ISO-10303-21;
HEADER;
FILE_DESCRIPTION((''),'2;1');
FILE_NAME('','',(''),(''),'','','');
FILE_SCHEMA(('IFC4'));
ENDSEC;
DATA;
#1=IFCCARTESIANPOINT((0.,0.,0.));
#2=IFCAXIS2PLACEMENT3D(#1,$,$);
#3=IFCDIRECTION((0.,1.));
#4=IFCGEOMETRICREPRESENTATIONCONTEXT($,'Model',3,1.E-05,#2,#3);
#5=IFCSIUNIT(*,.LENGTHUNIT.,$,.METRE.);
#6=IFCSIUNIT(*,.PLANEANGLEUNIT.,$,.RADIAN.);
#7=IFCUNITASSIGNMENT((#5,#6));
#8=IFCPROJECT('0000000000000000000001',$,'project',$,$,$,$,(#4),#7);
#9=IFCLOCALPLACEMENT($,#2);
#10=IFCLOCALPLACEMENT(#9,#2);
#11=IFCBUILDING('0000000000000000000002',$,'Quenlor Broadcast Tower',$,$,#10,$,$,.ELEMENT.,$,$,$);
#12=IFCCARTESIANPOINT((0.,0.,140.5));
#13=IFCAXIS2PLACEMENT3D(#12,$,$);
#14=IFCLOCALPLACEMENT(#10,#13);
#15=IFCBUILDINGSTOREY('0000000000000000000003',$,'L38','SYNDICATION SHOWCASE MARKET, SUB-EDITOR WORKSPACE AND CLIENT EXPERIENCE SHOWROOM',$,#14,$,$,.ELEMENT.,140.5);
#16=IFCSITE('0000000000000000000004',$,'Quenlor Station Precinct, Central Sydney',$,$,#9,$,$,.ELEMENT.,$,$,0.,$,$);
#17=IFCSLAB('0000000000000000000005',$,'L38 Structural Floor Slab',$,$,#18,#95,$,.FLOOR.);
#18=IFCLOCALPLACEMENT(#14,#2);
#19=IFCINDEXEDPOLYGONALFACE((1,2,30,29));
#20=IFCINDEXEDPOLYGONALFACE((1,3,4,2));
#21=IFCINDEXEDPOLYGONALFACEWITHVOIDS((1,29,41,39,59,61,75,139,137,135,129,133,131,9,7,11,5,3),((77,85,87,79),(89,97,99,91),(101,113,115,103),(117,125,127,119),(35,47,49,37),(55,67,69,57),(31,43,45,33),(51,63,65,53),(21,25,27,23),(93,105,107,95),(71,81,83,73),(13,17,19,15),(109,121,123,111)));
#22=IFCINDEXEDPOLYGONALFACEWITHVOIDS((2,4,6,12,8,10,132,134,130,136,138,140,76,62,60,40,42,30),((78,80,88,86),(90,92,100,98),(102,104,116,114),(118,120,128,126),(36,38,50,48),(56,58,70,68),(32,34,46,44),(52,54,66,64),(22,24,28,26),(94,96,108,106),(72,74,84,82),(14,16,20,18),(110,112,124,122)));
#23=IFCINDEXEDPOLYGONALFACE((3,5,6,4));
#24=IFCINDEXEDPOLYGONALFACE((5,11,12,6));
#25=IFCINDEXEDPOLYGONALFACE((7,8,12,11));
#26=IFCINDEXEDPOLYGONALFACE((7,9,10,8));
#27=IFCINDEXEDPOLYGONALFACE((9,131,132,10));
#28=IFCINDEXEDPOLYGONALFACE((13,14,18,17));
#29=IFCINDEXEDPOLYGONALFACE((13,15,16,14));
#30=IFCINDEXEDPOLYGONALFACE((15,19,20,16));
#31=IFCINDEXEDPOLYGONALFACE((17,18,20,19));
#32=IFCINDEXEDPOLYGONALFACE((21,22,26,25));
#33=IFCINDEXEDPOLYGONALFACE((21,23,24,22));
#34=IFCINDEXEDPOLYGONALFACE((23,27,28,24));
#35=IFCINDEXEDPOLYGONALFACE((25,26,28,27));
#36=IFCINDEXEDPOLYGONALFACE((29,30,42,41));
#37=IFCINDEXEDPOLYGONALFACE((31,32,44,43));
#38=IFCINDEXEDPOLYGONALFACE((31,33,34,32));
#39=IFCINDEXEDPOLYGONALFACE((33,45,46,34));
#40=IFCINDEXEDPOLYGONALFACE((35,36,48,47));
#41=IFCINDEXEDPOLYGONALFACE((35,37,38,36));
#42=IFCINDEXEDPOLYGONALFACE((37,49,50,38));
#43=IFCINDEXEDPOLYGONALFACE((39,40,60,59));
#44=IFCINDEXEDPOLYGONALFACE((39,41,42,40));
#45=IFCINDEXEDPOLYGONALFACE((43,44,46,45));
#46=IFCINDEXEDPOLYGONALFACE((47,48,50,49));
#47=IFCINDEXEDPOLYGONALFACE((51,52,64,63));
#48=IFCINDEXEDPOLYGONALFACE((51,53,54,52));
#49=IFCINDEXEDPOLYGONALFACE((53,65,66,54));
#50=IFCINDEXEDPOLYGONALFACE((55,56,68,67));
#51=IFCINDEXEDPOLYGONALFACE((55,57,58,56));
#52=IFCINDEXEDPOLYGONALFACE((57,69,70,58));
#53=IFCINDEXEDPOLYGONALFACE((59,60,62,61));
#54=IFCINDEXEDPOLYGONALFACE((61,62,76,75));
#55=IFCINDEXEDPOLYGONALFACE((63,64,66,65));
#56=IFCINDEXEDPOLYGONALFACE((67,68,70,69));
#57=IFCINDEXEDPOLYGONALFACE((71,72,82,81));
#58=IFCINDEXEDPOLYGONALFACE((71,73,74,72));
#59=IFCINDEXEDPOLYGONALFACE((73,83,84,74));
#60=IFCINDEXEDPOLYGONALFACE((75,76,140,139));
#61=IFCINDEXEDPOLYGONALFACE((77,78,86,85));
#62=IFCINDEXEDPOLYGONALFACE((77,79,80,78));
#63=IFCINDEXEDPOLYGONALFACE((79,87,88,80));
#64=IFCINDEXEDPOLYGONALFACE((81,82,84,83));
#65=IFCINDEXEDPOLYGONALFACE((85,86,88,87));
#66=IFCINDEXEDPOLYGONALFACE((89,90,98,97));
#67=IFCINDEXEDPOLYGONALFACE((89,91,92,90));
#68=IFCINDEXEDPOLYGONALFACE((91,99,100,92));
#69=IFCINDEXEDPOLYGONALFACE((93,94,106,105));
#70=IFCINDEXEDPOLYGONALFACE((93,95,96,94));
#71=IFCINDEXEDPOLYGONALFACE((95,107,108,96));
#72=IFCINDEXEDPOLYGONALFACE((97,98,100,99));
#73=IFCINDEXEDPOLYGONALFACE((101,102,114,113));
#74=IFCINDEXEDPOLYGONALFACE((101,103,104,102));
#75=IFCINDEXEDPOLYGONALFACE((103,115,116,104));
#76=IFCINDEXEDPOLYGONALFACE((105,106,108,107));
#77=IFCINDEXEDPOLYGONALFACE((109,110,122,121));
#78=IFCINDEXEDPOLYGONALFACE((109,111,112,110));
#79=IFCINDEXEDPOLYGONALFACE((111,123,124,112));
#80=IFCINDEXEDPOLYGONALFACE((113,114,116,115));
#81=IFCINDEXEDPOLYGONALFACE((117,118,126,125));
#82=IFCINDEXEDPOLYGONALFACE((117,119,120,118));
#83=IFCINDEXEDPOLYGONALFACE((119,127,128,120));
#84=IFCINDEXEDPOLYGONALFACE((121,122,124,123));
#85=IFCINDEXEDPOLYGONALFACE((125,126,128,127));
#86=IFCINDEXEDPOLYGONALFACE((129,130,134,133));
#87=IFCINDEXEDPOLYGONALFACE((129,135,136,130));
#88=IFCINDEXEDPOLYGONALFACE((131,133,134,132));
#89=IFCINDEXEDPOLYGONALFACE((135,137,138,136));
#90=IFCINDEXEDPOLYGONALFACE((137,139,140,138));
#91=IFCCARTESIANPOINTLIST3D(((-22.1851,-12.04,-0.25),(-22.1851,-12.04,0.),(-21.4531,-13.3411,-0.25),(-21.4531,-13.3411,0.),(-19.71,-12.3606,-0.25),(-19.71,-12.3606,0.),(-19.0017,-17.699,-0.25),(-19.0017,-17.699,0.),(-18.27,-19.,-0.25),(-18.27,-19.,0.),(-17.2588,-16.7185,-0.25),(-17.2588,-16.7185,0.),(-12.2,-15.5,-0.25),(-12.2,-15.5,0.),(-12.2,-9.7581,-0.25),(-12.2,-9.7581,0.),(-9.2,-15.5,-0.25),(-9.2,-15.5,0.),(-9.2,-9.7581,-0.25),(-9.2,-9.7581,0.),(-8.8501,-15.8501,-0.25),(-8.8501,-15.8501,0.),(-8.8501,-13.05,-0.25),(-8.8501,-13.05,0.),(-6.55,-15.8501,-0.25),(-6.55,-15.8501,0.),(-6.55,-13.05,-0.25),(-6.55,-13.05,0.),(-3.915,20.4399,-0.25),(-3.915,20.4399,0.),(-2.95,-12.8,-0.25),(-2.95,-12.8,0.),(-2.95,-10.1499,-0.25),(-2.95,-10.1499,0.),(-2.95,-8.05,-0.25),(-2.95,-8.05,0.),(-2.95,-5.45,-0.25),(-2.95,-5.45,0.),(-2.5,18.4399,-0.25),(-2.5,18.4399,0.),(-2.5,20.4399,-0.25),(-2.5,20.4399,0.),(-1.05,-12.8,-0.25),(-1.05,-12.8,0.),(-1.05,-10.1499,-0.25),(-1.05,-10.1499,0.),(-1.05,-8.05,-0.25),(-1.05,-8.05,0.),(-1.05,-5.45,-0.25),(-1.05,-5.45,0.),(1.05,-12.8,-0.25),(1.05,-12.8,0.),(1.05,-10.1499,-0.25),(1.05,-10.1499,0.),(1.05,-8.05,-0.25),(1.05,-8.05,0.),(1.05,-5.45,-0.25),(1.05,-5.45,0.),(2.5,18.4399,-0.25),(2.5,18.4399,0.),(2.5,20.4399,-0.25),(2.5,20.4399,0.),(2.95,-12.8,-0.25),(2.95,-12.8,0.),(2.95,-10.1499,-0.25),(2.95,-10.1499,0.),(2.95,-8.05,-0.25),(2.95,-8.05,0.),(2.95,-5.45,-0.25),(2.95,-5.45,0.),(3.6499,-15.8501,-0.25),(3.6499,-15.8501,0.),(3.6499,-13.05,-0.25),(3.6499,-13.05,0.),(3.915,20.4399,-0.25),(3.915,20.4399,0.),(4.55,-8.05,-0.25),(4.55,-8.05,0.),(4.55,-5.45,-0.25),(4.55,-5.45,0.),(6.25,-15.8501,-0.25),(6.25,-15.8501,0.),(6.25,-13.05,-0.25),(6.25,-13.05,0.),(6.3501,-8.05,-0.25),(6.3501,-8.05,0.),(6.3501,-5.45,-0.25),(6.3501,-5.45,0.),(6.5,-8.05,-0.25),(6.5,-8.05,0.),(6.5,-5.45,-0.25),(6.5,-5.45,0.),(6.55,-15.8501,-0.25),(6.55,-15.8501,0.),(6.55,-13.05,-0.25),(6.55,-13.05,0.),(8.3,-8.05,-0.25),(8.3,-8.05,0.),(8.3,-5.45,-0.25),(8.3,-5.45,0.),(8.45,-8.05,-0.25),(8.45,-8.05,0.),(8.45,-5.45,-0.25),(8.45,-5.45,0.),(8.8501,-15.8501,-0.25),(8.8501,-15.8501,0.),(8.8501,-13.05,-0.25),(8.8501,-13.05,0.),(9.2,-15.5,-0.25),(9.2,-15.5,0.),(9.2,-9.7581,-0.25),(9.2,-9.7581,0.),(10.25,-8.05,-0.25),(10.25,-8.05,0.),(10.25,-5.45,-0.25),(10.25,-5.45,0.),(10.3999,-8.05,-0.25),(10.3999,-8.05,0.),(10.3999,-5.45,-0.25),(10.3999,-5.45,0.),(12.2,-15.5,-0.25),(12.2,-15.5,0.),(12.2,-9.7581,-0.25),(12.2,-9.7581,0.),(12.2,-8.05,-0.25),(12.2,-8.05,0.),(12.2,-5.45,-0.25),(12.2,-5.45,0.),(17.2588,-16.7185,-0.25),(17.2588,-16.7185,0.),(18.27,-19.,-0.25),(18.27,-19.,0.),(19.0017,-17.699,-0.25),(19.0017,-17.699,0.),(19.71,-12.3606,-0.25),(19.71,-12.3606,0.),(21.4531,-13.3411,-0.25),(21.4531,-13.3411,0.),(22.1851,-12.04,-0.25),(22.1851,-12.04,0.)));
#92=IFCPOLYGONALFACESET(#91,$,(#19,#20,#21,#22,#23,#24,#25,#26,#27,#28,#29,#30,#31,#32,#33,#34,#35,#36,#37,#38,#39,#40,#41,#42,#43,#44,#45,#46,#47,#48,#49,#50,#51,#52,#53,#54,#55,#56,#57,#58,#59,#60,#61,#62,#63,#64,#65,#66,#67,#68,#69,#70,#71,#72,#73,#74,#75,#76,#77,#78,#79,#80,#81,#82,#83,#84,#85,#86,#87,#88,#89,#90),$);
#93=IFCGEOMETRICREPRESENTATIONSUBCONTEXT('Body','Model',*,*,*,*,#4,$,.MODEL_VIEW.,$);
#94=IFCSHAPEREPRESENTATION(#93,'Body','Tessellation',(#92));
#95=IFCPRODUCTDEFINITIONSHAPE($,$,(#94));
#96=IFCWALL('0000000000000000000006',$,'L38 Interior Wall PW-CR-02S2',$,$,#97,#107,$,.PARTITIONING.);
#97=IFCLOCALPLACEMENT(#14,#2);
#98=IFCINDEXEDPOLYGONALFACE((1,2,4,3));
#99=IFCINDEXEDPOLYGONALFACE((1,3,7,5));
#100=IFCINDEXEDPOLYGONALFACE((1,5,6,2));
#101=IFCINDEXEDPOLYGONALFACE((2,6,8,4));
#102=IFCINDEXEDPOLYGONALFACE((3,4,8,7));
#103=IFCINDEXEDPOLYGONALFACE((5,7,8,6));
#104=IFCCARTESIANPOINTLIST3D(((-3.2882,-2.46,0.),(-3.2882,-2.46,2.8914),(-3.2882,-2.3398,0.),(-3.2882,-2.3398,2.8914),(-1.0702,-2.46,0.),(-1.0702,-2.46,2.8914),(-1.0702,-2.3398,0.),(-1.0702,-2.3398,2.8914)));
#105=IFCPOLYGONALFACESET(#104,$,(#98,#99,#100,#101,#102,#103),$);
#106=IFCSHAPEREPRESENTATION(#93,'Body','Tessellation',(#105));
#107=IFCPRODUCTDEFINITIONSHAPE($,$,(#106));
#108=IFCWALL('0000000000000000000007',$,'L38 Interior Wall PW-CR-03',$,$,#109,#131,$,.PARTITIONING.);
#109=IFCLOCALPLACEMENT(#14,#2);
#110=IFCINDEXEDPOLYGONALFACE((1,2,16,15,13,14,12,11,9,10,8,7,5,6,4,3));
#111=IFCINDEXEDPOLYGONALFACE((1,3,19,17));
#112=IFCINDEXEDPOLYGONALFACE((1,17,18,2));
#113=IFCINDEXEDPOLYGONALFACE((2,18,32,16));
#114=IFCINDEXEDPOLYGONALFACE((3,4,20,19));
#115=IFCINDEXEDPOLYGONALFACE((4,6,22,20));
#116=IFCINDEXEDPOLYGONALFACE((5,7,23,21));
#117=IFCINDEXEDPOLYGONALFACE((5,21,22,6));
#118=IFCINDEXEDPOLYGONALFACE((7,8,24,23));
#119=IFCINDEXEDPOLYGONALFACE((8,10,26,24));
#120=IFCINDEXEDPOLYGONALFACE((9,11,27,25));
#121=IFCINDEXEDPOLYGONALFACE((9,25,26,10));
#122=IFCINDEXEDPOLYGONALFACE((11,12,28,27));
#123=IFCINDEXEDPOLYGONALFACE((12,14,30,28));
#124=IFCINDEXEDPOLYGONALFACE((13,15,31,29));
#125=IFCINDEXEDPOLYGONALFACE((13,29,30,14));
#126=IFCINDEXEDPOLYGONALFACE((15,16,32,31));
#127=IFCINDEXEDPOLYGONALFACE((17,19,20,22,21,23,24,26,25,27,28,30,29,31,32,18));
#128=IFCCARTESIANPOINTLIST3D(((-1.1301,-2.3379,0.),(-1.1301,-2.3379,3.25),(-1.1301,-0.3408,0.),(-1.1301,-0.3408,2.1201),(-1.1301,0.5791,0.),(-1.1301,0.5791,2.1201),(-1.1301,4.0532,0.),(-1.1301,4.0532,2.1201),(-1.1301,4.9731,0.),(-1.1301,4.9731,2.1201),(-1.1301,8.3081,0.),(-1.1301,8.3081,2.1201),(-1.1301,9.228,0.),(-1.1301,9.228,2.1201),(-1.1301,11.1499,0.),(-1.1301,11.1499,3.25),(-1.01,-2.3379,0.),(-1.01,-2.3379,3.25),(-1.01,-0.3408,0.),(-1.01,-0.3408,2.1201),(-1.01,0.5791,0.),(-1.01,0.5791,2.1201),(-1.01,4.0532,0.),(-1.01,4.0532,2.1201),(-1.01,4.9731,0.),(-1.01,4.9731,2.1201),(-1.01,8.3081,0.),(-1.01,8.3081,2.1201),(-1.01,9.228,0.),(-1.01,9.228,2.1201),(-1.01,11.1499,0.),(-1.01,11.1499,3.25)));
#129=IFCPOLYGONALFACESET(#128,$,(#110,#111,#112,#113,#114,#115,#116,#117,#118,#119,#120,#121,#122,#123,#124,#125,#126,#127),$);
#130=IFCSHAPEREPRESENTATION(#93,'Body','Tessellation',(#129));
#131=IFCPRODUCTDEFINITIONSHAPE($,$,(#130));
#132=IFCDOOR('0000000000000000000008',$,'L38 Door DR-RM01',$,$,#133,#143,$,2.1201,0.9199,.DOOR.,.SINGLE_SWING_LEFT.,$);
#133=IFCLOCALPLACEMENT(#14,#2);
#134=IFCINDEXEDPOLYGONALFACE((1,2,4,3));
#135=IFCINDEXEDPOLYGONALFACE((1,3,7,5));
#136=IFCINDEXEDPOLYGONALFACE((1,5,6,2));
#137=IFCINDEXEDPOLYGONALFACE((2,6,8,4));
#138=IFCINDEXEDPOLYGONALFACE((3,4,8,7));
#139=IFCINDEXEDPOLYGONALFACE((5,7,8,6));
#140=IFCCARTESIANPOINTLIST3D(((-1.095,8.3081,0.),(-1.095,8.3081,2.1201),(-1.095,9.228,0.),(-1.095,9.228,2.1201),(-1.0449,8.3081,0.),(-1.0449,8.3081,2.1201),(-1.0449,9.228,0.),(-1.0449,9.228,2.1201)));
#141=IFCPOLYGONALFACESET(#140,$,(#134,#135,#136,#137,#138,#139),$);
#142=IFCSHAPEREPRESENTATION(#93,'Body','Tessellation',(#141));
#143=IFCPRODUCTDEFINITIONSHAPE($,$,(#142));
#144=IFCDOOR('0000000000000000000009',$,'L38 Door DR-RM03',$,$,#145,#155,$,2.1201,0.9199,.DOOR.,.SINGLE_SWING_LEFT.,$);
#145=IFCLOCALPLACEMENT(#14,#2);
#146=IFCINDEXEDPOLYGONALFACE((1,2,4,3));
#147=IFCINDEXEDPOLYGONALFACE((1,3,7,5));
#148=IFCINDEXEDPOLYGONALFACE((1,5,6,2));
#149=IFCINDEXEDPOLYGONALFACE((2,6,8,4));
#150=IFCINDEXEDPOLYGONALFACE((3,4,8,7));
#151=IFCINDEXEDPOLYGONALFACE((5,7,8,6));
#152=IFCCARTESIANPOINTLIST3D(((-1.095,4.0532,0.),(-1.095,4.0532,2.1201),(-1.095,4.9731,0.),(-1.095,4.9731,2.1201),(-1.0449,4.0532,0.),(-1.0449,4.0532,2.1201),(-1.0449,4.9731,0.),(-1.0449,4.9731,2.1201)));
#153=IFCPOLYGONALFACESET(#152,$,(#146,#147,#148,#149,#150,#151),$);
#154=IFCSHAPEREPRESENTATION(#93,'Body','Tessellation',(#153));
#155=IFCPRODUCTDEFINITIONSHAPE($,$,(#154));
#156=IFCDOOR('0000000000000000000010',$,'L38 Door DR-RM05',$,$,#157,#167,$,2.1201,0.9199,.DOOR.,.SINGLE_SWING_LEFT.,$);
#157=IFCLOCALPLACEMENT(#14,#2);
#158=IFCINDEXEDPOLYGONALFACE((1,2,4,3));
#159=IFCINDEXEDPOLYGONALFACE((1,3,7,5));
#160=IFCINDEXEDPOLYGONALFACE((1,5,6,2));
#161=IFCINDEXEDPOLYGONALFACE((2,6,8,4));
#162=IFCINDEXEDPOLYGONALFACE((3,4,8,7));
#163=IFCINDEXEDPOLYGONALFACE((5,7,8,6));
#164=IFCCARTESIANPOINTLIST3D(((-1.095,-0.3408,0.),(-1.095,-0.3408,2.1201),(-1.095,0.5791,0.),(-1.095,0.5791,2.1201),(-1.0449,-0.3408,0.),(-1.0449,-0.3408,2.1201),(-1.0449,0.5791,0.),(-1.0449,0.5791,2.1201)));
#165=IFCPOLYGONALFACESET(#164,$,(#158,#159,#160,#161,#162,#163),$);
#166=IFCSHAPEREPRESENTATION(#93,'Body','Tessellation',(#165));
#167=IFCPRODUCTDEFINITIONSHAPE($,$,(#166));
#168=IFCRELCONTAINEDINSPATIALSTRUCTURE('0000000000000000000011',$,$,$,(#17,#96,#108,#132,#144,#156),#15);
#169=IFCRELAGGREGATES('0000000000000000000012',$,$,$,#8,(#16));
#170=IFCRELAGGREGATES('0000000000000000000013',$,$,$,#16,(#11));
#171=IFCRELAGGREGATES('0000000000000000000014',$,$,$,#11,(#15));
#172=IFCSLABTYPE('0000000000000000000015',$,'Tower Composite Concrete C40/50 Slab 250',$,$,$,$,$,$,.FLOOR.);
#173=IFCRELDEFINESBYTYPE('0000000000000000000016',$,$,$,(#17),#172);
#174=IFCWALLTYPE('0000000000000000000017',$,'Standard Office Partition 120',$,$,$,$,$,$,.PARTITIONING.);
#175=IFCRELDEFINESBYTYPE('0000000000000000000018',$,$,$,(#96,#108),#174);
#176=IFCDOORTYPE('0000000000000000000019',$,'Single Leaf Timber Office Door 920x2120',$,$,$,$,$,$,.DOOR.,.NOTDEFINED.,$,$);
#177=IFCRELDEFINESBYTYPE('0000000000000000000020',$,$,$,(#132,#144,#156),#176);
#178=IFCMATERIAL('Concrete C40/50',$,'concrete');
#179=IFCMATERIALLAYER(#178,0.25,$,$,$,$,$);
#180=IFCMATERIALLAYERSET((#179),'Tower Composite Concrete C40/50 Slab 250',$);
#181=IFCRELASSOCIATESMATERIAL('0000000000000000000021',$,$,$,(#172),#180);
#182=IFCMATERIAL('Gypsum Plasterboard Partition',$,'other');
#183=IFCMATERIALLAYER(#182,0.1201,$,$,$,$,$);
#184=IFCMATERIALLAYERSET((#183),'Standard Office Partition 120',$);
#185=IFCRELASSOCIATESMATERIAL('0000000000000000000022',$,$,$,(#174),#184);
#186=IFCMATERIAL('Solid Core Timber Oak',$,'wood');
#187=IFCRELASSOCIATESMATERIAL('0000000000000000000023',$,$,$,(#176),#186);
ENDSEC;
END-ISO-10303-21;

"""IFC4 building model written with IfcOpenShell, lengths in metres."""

from ifc_helpers import new_model, si_unit, direction, frame, frame_2d, origin, place, context, subcontext, project, spatial, polyline, rectangle, outline, extrude, material, layer, layer_set, type_object, element, fill, save


model = new_model("IFC4")

# Units and contexts
model_context = context("Model", 3, precision=1e-05, world=origin(), true_north=direction((0.0, 1.0)))
body_context = subcontext(model_context, "Body", "Model", "MODEL_VIEW")
ifc_project = project(units=[si_unit("LENGTHUNIT", "METRE"), si_unit("PLANEANGLEUNIT", "RADIAN")], contexts=[model_context])

# Site, building, storey
site_placement = place(None, origin())
site = spatial("IfcSite", under=ifc_project, at=site_placement, Name="Quenlor Station Precinct, Central Sydney", CompositionType="ELEMENT", RefElevation=0.0)
building_placement = place(site_placement, origin())
building = spatial("IfcBuilding", under=site, at=building_placement, Name="Quenlor Broadcast Tower", CompositionType="ELEMENT")
storey_placement = place(building_placement, frame((0.0, 0.0, 140.5)))
storey = spatial("IfcBuildingStorey", under=building, at=storey_placement, Name="L38", Description="SYNDICATION SHOWCASE MARKET, SUB-EDITOR WORKSPACE AND CLIENT EXPERIENCE SHOWROOM", CompositionType="ELEMENT", Elevation=140.5)

# Slab
ifc_material_1 = material(Name="Concrete C40/50", Category="concrete")
ifc_layer_1 = layer(ifc_material_1, 0.25)
ifc_layer_set_1 = layer_set([ifc_layer_1], Name="Tower Composite Concrete C40/50 Slab 250")
slab_type = type_object("IfcSlabType", Name="Tower Composite Concrete C40/50 Slab 250", PredefinedType="FLOOR", material=ifc_layer_set_1)
slab_placement = place(storey_placement, frame((0.0, 0.0, -0.25)))
element("IfcSlab", 1, at=slab_placement, inside=storey, type_object=slab_type, Name="L38 Structural Floor Slab", PredefinedType="FLOOR", context=body_context, shape_type="SweptSolid", body=[
    extrude(outline(polyline([(18.27, -19.0), (19.0017, -17.699), (17.2588, -16.7185), (19.71, -12.3606), (21.4531, -13.3411), (22.1851, -12.04), (3.915, 20.4399), (2.5, 20.4399), (2.5, 18.4399), (-2.5, 18.4399), (-2.5, 20.4399), (-3.915, 20.4399), (-22.1851, -12.04), (-21.4531, -13.3411), (-19.71, -12.3606), (-17.2588, -16.7185), (-19.0017, -17.699), (-18.27, -19.0), (18.27, -19.0)]), holes=[polyline([(-12.2, -9.7581), (-12.2, -15.5), (-9.2, -15.5), (-9.2, -9.7581), (-12.2, -9.7581)]), polyline([(9.2, -9.7581), (9.2, -15.5), (12.2, -15.5), (12.2, -9.7581), (9.2, -9.7581)]), polyline([(-2.95, -8.05), (-1.05, -8.05), (-1.05, -5.45), (-2.95, -5.45), (-2.95, -8.05)]), polyline([(1.05, -8.05), (2.95, -8.05), (2.95, -5.45), (1.05, -5.45), (1.05, -8.05)]), polyline([(-2.95, -12.8), (-1.05, -12.8), (-1.05, -10.1499), (-2.95, -10.1499), (-2.95, -12.8)]), polyline([(1.05, -12.8), (2.95, -12.8), (2.95, -10.1499), (1.05, -10.1499), (1.05, -12.8)]), polyline([(4.55, -8.05), (6.3501, -8.05), (6.3501, -5.45), (4.55, -5.45), (4.55, -8.05)]), polyline([(6.5, -8.05), (8.3, -8.05), (8.3, -5.45), (6.5, -5.45), (6.5, -8.05)]), polyline([(8.45, -8.05), (10.25, -8.05), (10.25, -5.45), (8.45, -5.45), (8.45, -8.05)]), polyline([(10.3999, -8.05), (12.2, -8.05), (12.2, -5.45), (10.3999, -5.45), (10.3999, -8.05)]), polyline([(-8.8501, -15.8501), (-6.55, -15.8501), (-6.55, -13.05), (-8.8501, -13.05), (-8.8501, -15.8501)]), polyline([(6.55, -15.8501), (8.8501, -15.8501), (8.8501, -13.05), (6.55, -13.05), (6.55, -15.8501)]), polyline([(3.6499, -15.8501), (6.25, -15.8501), (6.25, -13.05), (3.6499, -13.05), (3.6499, -15.8501)])]), origin(), (0.0, 0.0, 1.0), 0.25),
])

# Wall
ifc_material_2 = material(Name="Gypsum Plasterboard Partition", Category="other")
ifc_layer_2 = layer(ifc_material_2, 0.1201)
ifc_layer_set_2 = layer_set([ifc_layer_2], Name="Standard Office Partition 120")
wall_type = type_object("IfcWallType", Name="Standard Office Partition 120", PredefinedType="PARTITIONING", material=ifc_layer_set_2)
wall_1_placement = place(storey_placement, frame((-3.2881, -2.3999, 0.0), z_axis=(0.0, 0.0, 1.0), x_axis=(1.0, 0.0, 0.0)))
element("IfcWall", 2, at=wall_1_placement, inside=storey, type_object=wall_type, Name="L38 Interior Wall PW-CR-02S2", PredefinedType="PARTITIONING", context=body_context, shape_type="SweptSolid", body=[
    extrude(rectangle(XDim=2.218, YDim=0.1201, at=frame_2d((1.1089, 0.0))), origin(), (0.0, 0.0, 1.0), 2.8914),
])

# Wall, openings, doors
wall_2_placement = place(storey_placement, frame((-1.0701, -2.3379, 0.0), z_axis=(0.0, 0.0, 1.0), x_axis=(0.0, 1.0, 0.0)))
wall_2 = element("IfcWall", 3, at=wall_2_placement, inside=storey, type_object=wall_type, Name="L38 Interior Wall PW-CR-03", PredefinedType="PARTITIONING", context=body_context, shape_type="SweptSolid", body=[
    extrude(rectangle(XDim=13.4878, YDim=0.1201, at=frame_2d((6.7439, 0.0))), origin(), (0.0, 0.0, 1.0), 3.25),
])
opening_1_placement = place(wall_2_placement, frame((10.646, 0.0, 0.0)))
opening_1 = element("IfcOpeningElement", 4, at=opening_1_placement, cuts=wall_2, PredefinedType="OPENING", context=body_context, shape_type="SweptSolid", body=[
    extrude(rectangle(XDim=0.9199, YDim=2.1201, at=frame_2d((0.46, 1.0601))), frame((0.0, 0.0701, 0.0), z_axis=(0.0, -1.0, 0.0), x_axis=(1.0, 0.0, 0.0)), (0.0, 0.0, 1.0), 0.1401),
])
opening_2_placement = place(wall_2_placement, frame((6.3911, 0.0, 0.0)))
opening_2 = element("IfcOpeningElement", 5, at=opening_2_placement, cuts=wall_2, PredefinedType="OPENING", context=body_context, shape_type="SweptSolid", body=[
    extrude(rectangle(XDim=0.9199, YDim=2.1201, at=frame_2d((0.46, 1.0601))), frame((0.0, 0.0701, 0.0), z_axis=(0.0, -1.0, 0.0), x_axis=(1.0, 0.0, 0.0)), (0.0, 0.0, 1.0), 0.1401),
])
opening_3_placement = place(wall_2_placement, frame((1.9971, 0.0, 0.0)))
opening_3 = element("IfcOpeningElement", 6, at=opening_3_placement, cuts=wall_2, PredefinedType="OPENING", context=body_context, shape_type="SweptSolid", body=[
    extrude(rectangle(XDim=0.9199, YDim=2.1201, at=frame_2d((0.46, 1.0601))), frame((0.0, 0.0701, 0.0), z_axis=(0.0, -1.0, 0.0), x_axis=(1.0, 0.0, 0.0)), (0.0, 0.0, 1.0), 0.1401),
])
ifc_material_3 = material(Name="Solid Core Timber Oak", Category="wood")
door_type = type_object("IfcDoorType", Name="Single Leaf Timber Office Door 920x2120", OperationType="NOTDEFINED", PredefinedType="DOOR", material=ifc_material_3)
door_1_placement = place(opening_1_placement, origin())
door_1 = element("IfcDoor", 7, at=door_1_placement, inside=storey, type_object=door_type, Name="L38 Door DR-RM01", OperationType="SINGLE_SWING_LEFT", OverallHeight=2.1201, OverallWidth=0.9199, PredefinedType="DOOR", context=body_context, shape_type="SweptSolid", body=[
    extrude(rectangle(XDim=0.9199, YDim=2.1201, at=frame_2d((0.46, 1.0601))), frame((0.0, 0.0249, 0.0), z_axis=(0.0, -1.0, 0.0), x_axis=(1.0, 0.0, 0.0)), (0.0, 0.0, 1.0), 0.05),
])
fill(opening_1, door_1)
door_2_placement = place(opening_2_placement, origin())
door_2 = element("IfcDoor", 8, at=door_2_placement, inside=storey, type_object=door_type, Name="L38 Door DR-RM03", OperationType="SINGLE_SWING_LEFT", OverallHeight=2.1201, OverallWidth=0.9199, PredefinedType="DOOR", context=body_context, shape_type="SweptSolid", body=[
    extrude(rectangle(XDim=0.9199, YDim=2.1201, at=frame_2d((0.46, 1.0601))), frame((0.0, 0.0249, 0.0), z_axis=(0.0, -1.0, 0.0), x_axis=(1.0, 0.0, 0.0)), (0.0, 0.0, 1.0), 0.05),
])
fill(opening_2, door_2)
door_3_placement = place(opening_3_placement, origin())
door_3 = element("IfcDoor", 9, at=door_3_placement, inside=storey, type_object=door_type, Name="L38 Door DR-RM05", OperationType="SINGLE_SWING_LEFT", OverallHeight=2.1201, OverallWidth=0.9199, PredefinedType="DOOR", context=body_context, shape_type="SweptSolid", body=[
    extrude(rectangle(XDim=0.9199, YDim=2.1201, at=frame_2d((0.46, 1.0601))), frame((0.0, 0.0249, 0.0), z_axis=(0.0, -1.0, 0.0), x_axis=(1.0, 0.0, 0.0)), (0.0, 0.0, 1.0), 0.05),
])
fill(opening_3, door_3)

save(model, "model.ifc")
